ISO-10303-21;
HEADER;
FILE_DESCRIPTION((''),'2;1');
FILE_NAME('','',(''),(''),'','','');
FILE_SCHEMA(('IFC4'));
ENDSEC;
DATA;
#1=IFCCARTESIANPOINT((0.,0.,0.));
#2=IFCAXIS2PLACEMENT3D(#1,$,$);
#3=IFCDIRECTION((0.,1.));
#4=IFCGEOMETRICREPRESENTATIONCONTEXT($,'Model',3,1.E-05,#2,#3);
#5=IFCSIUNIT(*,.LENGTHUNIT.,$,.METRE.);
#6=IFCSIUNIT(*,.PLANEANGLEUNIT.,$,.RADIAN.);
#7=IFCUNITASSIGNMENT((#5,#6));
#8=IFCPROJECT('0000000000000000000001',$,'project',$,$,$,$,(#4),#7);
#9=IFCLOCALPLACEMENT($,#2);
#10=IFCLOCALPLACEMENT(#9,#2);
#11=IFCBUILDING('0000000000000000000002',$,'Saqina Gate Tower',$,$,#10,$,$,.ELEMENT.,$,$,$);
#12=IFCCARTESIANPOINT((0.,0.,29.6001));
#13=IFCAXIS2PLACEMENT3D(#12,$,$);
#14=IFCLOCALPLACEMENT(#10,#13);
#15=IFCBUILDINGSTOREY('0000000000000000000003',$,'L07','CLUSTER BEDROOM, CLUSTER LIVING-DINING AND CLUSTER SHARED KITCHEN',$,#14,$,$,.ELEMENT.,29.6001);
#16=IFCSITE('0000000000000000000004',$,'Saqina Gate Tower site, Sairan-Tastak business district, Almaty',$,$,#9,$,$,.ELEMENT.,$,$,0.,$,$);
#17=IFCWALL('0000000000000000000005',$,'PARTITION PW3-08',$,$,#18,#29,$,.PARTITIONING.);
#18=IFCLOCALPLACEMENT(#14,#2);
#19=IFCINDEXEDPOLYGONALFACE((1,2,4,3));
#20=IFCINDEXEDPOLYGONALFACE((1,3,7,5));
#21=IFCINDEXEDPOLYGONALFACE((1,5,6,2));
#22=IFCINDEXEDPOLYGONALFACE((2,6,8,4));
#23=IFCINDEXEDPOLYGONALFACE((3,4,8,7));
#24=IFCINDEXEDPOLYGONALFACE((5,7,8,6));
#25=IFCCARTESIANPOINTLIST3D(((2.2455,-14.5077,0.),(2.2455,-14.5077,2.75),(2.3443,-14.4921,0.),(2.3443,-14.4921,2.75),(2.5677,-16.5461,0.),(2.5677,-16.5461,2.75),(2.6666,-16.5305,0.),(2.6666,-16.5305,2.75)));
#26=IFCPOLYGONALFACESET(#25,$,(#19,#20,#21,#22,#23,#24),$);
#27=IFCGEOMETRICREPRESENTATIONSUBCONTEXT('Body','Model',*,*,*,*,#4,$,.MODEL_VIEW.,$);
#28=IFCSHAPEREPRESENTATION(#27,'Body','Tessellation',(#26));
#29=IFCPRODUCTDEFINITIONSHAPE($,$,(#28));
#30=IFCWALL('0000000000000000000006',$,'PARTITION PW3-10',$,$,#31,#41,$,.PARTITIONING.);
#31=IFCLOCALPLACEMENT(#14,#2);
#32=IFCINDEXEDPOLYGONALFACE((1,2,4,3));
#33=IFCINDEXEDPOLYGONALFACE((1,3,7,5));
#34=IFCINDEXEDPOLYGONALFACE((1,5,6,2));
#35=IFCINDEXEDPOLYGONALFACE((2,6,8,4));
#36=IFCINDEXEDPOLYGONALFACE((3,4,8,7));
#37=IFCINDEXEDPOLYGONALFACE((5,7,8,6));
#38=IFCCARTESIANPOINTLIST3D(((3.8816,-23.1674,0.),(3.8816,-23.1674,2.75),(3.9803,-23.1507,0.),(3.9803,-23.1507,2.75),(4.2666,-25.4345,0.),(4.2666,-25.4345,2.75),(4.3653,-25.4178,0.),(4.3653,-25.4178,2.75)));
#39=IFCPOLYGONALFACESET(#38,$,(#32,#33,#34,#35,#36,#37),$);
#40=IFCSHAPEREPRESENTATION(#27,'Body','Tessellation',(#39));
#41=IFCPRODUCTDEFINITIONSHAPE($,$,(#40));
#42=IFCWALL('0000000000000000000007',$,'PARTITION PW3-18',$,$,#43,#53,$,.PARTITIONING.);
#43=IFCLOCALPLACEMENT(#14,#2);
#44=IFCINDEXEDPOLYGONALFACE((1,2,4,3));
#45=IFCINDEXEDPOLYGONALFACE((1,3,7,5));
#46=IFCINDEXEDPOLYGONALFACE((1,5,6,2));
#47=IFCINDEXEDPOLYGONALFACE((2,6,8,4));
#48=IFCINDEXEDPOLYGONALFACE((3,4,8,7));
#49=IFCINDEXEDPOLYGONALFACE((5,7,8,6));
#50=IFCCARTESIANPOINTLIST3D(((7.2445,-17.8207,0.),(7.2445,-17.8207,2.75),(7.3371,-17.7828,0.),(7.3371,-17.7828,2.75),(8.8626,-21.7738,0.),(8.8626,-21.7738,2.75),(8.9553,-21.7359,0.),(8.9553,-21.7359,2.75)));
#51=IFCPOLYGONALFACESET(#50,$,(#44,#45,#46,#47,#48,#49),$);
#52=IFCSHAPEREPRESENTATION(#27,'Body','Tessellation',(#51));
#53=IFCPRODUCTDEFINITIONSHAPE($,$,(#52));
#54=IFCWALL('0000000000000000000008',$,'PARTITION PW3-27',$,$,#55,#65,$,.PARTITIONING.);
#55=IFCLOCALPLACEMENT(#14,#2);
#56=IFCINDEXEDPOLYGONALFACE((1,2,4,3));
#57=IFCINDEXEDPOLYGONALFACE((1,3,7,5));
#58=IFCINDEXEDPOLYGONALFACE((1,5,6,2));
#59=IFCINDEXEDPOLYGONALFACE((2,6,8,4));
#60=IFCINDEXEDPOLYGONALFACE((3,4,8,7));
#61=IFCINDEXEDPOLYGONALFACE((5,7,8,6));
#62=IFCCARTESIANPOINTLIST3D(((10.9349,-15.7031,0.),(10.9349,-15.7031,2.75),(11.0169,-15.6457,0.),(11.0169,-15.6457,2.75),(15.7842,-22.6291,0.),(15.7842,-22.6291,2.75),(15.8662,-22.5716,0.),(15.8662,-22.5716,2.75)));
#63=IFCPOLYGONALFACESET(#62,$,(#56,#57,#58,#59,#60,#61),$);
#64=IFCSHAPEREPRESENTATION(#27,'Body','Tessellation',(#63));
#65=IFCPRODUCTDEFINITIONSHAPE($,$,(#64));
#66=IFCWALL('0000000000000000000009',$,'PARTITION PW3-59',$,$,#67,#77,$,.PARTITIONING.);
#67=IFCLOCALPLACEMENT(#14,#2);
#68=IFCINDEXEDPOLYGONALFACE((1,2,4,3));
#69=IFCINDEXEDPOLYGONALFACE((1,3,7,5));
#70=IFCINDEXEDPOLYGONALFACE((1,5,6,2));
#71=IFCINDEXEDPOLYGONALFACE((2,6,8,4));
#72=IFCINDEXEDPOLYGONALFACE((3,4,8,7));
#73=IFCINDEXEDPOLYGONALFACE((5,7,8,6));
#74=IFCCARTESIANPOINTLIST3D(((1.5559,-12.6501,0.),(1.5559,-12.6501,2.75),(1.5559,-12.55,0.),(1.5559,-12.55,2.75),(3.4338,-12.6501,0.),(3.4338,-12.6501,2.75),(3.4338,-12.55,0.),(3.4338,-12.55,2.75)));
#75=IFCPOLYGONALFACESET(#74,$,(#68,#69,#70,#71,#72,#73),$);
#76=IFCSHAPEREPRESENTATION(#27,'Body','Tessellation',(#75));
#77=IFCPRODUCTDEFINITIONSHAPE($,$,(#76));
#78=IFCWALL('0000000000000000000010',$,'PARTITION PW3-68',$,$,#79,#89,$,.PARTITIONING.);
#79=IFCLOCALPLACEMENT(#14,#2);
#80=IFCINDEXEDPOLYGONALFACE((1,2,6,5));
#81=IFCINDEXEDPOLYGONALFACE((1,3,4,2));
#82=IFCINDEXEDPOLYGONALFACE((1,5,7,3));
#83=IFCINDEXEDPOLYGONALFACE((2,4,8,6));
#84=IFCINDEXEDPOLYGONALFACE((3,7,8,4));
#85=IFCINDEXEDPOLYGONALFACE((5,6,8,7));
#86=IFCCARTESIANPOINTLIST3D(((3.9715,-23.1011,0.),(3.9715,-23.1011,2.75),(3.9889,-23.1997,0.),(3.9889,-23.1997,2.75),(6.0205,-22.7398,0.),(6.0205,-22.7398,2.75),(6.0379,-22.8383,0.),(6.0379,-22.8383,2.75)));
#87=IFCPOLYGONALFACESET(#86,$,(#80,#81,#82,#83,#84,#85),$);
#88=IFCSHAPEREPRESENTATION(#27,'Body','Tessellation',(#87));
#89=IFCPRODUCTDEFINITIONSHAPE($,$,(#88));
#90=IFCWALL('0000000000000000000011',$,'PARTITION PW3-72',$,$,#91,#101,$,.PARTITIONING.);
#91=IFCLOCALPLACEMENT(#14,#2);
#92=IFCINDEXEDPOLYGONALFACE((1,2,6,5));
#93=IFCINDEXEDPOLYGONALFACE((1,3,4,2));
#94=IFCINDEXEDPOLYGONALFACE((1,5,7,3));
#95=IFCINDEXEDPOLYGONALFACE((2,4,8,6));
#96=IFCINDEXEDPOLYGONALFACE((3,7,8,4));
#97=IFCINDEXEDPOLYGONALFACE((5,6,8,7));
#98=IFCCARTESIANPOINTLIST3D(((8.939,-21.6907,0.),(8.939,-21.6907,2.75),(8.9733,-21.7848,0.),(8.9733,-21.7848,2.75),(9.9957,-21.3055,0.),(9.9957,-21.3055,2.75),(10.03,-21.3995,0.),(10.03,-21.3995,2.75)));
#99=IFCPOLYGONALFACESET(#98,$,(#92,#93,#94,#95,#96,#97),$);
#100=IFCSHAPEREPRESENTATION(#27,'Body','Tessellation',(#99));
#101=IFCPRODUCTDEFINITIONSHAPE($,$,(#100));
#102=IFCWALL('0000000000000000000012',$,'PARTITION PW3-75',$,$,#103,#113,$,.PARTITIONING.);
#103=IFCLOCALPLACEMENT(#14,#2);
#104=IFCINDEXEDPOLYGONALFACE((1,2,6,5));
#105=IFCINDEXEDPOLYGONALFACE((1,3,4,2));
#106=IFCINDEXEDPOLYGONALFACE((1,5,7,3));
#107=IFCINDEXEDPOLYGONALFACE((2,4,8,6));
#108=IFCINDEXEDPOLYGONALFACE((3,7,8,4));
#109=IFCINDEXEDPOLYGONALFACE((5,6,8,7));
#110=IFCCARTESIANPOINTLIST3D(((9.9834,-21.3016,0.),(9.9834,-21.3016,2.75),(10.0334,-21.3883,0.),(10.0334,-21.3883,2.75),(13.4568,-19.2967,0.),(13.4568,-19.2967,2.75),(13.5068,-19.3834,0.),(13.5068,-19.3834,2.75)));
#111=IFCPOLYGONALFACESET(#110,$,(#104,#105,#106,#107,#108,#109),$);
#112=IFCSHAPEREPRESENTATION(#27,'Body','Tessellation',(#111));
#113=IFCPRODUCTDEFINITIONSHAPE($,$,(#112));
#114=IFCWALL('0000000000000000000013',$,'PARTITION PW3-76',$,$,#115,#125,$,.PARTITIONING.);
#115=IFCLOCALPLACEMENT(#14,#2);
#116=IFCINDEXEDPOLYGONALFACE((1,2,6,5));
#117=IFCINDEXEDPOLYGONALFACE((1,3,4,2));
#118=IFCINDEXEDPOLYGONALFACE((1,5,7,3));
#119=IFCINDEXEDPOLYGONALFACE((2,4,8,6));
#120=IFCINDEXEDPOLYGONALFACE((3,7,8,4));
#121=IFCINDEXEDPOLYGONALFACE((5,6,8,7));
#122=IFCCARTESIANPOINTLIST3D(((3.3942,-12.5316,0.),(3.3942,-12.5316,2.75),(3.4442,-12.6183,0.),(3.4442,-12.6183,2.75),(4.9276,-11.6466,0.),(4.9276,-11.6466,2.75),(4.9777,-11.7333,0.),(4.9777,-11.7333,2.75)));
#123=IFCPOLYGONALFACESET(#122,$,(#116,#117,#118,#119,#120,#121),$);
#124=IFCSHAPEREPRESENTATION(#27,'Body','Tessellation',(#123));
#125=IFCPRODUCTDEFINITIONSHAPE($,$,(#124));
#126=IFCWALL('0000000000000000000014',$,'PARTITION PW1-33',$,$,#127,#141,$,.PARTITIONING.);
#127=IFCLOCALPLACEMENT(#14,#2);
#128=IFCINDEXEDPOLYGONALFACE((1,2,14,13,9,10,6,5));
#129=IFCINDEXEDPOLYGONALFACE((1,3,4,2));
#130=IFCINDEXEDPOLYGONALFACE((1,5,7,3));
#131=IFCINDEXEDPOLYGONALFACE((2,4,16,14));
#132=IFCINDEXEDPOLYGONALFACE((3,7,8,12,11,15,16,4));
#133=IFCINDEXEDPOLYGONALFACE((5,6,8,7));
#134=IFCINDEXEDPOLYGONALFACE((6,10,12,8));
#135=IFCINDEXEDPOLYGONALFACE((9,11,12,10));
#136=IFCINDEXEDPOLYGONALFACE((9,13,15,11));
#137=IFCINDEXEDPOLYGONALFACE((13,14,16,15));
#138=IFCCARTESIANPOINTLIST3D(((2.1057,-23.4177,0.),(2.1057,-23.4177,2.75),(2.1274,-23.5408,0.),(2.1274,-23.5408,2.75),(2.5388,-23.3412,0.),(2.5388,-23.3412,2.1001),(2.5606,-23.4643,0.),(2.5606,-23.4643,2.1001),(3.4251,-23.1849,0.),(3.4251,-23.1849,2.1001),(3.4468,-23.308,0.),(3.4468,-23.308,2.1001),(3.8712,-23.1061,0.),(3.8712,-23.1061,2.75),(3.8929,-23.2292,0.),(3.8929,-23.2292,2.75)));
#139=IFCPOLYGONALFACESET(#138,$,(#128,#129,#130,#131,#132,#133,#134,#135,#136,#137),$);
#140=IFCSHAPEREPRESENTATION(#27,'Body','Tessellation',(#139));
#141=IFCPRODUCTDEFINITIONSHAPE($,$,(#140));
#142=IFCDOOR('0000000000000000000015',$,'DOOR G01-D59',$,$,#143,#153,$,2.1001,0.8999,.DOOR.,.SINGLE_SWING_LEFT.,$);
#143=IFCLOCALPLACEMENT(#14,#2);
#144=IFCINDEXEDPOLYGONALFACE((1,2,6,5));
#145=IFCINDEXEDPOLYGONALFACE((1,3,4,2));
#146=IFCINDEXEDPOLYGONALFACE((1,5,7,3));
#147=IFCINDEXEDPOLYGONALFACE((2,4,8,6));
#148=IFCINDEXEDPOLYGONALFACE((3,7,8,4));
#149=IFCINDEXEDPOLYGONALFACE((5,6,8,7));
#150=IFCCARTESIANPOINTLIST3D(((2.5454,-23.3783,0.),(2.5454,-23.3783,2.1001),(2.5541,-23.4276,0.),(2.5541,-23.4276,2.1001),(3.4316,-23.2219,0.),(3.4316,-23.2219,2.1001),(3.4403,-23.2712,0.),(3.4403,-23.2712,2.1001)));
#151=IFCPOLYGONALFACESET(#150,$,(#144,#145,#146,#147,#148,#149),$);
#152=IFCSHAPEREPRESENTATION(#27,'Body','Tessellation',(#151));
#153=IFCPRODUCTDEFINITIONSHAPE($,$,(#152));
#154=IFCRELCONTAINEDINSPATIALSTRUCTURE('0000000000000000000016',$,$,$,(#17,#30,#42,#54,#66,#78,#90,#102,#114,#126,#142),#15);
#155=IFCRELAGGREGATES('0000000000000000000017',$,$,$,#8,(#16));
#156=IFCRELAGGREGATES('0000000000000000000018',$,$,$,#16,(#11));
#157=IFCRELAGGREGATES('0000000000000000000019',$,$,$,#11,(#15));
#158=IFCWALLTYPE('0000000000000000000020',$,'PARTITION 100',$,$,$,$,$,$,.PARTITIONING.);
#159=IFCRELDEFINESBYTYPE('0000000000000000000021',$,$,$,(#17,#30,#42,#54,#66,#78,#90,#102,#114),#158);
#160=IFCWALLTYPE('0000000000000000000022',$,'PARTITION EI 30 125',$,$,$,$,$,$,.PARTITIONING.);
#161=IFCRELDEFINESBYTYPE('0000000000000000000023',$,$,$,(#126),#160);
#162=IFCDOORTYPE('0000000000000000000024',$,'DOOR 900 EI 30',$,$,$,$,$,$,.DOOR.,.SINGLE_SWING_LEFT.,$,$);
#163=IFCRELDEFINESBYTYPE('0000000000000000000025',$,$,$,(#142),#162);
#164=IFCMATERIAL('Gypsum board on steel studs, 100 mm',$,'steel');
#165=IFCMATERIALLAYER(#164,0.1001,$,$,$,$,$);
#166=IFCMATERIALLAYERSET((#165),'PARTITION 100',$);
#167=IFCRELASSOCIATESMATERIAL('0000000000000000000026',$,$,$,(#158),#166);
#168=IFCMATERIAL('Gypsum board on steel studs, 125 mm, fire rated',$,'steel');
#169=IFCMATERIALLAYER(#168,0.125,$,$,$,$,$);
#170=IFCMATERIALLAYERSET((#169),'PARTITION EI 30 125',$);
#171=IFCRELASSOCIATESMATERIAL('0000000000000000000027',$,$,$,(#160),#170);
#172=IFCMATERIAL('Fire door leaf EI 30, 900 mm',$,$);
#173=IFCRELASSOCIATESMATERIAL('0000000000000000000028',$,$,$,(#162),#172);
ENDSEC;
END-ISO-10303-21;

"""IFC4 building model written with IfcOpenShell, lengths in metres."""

from ifc_helpers import new_model, si_unit, direction, frame, frame_2d, origin, place, context, subcontext, project, spatial, rectangle, extrude, material, layer, layer_set, type_object, element, fill, save


model = new_model("IFC4")

# Units and contexts
model_context = context("Model", 3, precision=1e-05, world=origin(), true_north=direction((0.0, 1.0)))
body_context = subcontext(model_context, "Body", "Model", "MODEL_VIEW")
ifc_project = project(units=[si_unit("LENGTHUNIT", "METRE"), si_unit("PLANEANGLEUNIT", "RADIAN")], contexts=[model_context])

# Site, building, storey
site_placement = place(None, origin())
site = spatial("IfcSite", under=ifc_project, at=site_placement, Name="Saqina Gate Tower site, Sairan-Tastak business district, Almaty", CompositionType="ELEMENT", RefElevation=0.0)
building_placement = place(site_placement, origin())
building = spatial("IfcBuilding", under=site, at=building_placement, Name="Saqina Gate Tower", CompositionType="ELEMENT")
storey_placement = place(building_placement, frame((0.0, 0.0, 29.6001)))
storey = spatial("IfcBuildingStorey", under=building, at=storey_placement, Name="L07", Description="CLUSTER BEDROOM, CLUSTER LIVING-DINING AND CLUSTER SHARED KITCHEN", CompositionType="ELEMENT", Elevation=29.6001)

# Walls
ifc_material_1 = material(Name="Gypsum board on steel studs, 100 mm", Category="steel")
ifc_layer_1 = layer(ifc_material_1, 0.1001)
ifc_layer_set_1 = layer_set([ifc_layer_1], Name="PARTITION 100")
wall_type_1 = type_object("IfcWallType", Name="PARTITION 100", PredefinedType="PARTITIONING", material=ifc_layer_set_1)
wall_1_placement = place(storey_placement, frame((2.2949, -14.5, 0.0), z_axis=(0.0, 0.0, 1.0), x_axis=(0.156163, -0.987731, 0.0)))
element("IfcWall", 1, at=wall_1_placement, inside=storey, type_object=wall_type_1, Name="PARTITION PW3-08", PredefinedType="PARTITIONING", context=body_context, shape_type="SweptSolid", body=[
    extrude(rectangle(XDim=2.0637, YDim=0.1001, at=frame_2d((1.0317, 0.0))), origin(), (0.0, 0.0, 1.0), 2.75),
])
wall_2_placement = place(storey_placement, frame((3.9309, -23.1589, 0.0), z_axis=(0.0, 0.0, 1.0), x_axis=(0.167428, -0.985884, 0.0)))
element("IfcWall", 2, at=wall_2_placement, inside=storey, type_object=wall_type_1, Name="PARTITION PW3-10", PredefinedType="PARTITIONING", context=body_context, shape_type="SweptSolid", body=[
    extrude(rectangle(XDim=2.2996, YDim=0.1001, at=frame_2d((1.1499, 0.0))), origin(), (0.0, 0.0, 1.0), 2.75),
])
wall_3_placement = place(storey_placement, frame((7.2908, -17.8018, 0.0), z_axis=(0.0, 0.0, 1.0), x_axis=(0.378829, -0.925467, 0.0)))
element("IfcWall", 3, at=wall_3_placement, inside=storey, type_object=wall_type_1, Name="PARTITION PW3-18", PredefinedType="PARTITIONING", context=body_context, shape_type="SweptSolid", body=[
    extrude(rectangle(XDim=4.2715, YDim=0.1001, at=frame_2d((2.1357, 0.0))), origin(), (0.0, 0.0, 1.0), 2.75),
])
wall_4_placement = place(storey_placement, frame((10.9758, -15.6743, 0.0), z_axis=(0.0, 0.0, 1.0), x_axis=(0.573553, -0.819168, 0.0)))
element("IfcWall", 4, at=wall_4_placement, inside=storey, type_object=wall_type_1, Name="PARTITION PW3-27", PredefinedType="PARTITIONING", context=body_context, shape_type="SweptSolid", body=[
    extrude(rectangle(XDim=8.4548, YDim=0.1001, at=frame_2d((4.2275, 0.0))), origin(), (0.0, 0.0, 1.0), 2.75),
])
wall_5_placement = place(storey_placement, frame((1.5559, -12.6001, 0.0), z_axis=(0.0, 0.0, 1.0), x_axis=(1.0, 0.0, 0.0)))
element("IfcWall", 5, at=wall_5_placement, inside=storey, type_object=wall_type_1, Name="PARTITION PW3-59", PredefinedType="PARTITIONING", context=body_context, shape_type="SweptSolid", body=[
    extrude(rectangle(XDim=1.8779, YDim=0.1001, at=frame_2d((0.939, 0.0))), origin(), (0.0, 0.0, 1.0), 2.75),
])
wall_6_placement = place(storey_placement, frame((3.9802, -23.1504, 0.0), z_axis=(0.0, 0.0, 1.0), x_axis=(0.984802, 0.173678, 0.0)))
element("IfcWall", 6, at=wall_6_placement, inside=storey, type_object=wall_type_1, Name="PARTITION PW3-68", PredefinedType="PARTITIONING", context=body_context, shape_type="SweptSolid", body=[
    extrude(rectangle(XDim=2.0806, YDim=0.1001, at=frame_2d((1.0403, 0.0))), origin(), (0.0, 0.0, 1.0), 2.75),
])
wall_7_placement = place(storey_placement, frame((8.9561, -21.7378, 0.0), z_axis=(0.0, 0.0, 1.0), x_axis=(0.939502, 0.342545, 0.0)))
element("IfcWall", 7, at=wall_7_placement, inside=storey, type_object=wall_type_1, Name="PARTITION PW3-72", PredefinedType="PARTITIONING", context=body_context, shape_type="SweptSolid", body=[
    extrude(rectangle(XDim=1.1248, YDim=0.1001, at=frame_2d((0.5625, 0.0))), origin(), (0.0, 0.0, 1.0), 2.75),
])
wall_8_placement = place(storey_placement, frame((10.0083, -21.345, 0.0), z_axis=(0.0, 0.0, 1.0), x_axis=(0.866077, 0.49991, 0.0)))
element("IfcWall", 8, at=wall_8_placement, inside=storey, type_object=wall_type_1, Name="PARTITION PW3-75", PredefinedType="PARTITIONING", context=body_context, shape_type="SweptSolid", body=[
    extrude(rectangle(XDim=4.0105, YDim=0.1001, at=frame_2d((2.0054, 0.0))), origin(), (0.0, 0.0, 1.0), 2.75),
])
wall_9_placement = place(storey_placement, frame((3.4192, -12.575, 0.0), z_axis=(0.0, 0.0, 1.0), x_axis=(0.866105, 0.499862, 0.0)))
element("IfcWall", 9, at=wall_9_placement, inside=storey, type_object=wall_type_1, Name="PARTITION PW3-76", PredefinedType="PARTITIONING", context=body_context, shape_type="SweptSolid", body=[
    extrude(rectangle(XDim=1.7705, YDim=0.1001, at=frame_2d((0.8853, 0.0))), origin(), (0.0, 0.0, 1.0), 2.75),
])

# Wall, opening, door
ifc_material_2 = material(Name="Gypsum board on steel studs, 125 mm, fire rated", Category="steel")
ifc_layer_2 = layer(ifc_material_2, 0.125)
ifc_layer_set_2 = layer_set([ifc_layer_2], Name="PARTITION EI 30 125")
wall_type_2 = type_object("IfcWallType", Name="PARTITION EI 30 125", PredefinedType="PARTITIONING", material=ifc_layer_set_2)
wall_10_placement = place(storey_placement, frame((2.1165, -23.4792, 0.0), z_axis=(0.0, 0.0, 1.0), x_axis=(0.984785, 0.173778, 0.0)))
wall_10 = element("IfcWall", 10, at=wall_10_placement, inside=storey, type_object=wall_type_2, Name="PARTITION PW1-33", PredefinedType="PARTITIONING", context=body_context, shape_type="SweptSolid", body=[
    extrude(rectangle(XDim=1.7927, YDim=0.125, at=frame_2d((0.8965, 0.0))), origin(), (0.0, 0.0, 1.0), 2.75),
])
opening_1_placement = place(wall_10_placement, frame((0.4399, 0.0, 0.0)))
opening_1 = element("IfcOpeningElement", 11, at=opening_1_placement, cuts=wall_10, PredefinedType="OPENING", context=body_context, shape_type="SweptSolid", body=[
    extrude(rectangle(XDim=0.8999, YDim=2.1001, at=frame_2d((0.45, 1.05))), frame((0.0, 0.0745, 0.0), z_axis=(0.0, -1.0, 0.0), x_axis=(1.0, 0.0, 0.0)), (0.0, 0.0, 1.0), 0.1489),
])
ifc_material_3 = material(Name="Fire door leaf EI 30, 900 mm")
door_type_1 = type_object("IfcDoorType", Name="DOOR 900 EI 30", OperationType="SINGLE_SWING_LEFT", PredefinedType="DOOR", material=ifc_material_3)
door_1_placement = place(opening_1_placement, origin())
door_1 = element("IfcDoor", 12, at=door_1_placement, inside=storey, type_object=door_type_1, Name="DOOR G01-D59", OperationType="SINGLE_SWING_LEFT", OverallHeight=2.1001, OverallWidth=0.8999, PredefinedType="DOOR", context=body_context, shape_type="SweptSolid", body=[
    extrude(rectangle(XDim=0.8999, YDim=2.1001, at=frame_2d((0.45, 1.05))), frame((0.0, 0.0249, 0.0), z_axis=(0.0, -1.0, 0.0), x_axis=(1.0, 0.0, 0.0)), (0.0, 0.0, 1.0), 0.05),
])
fill(opening_1, door_1)

save(model, "model.ifc")
